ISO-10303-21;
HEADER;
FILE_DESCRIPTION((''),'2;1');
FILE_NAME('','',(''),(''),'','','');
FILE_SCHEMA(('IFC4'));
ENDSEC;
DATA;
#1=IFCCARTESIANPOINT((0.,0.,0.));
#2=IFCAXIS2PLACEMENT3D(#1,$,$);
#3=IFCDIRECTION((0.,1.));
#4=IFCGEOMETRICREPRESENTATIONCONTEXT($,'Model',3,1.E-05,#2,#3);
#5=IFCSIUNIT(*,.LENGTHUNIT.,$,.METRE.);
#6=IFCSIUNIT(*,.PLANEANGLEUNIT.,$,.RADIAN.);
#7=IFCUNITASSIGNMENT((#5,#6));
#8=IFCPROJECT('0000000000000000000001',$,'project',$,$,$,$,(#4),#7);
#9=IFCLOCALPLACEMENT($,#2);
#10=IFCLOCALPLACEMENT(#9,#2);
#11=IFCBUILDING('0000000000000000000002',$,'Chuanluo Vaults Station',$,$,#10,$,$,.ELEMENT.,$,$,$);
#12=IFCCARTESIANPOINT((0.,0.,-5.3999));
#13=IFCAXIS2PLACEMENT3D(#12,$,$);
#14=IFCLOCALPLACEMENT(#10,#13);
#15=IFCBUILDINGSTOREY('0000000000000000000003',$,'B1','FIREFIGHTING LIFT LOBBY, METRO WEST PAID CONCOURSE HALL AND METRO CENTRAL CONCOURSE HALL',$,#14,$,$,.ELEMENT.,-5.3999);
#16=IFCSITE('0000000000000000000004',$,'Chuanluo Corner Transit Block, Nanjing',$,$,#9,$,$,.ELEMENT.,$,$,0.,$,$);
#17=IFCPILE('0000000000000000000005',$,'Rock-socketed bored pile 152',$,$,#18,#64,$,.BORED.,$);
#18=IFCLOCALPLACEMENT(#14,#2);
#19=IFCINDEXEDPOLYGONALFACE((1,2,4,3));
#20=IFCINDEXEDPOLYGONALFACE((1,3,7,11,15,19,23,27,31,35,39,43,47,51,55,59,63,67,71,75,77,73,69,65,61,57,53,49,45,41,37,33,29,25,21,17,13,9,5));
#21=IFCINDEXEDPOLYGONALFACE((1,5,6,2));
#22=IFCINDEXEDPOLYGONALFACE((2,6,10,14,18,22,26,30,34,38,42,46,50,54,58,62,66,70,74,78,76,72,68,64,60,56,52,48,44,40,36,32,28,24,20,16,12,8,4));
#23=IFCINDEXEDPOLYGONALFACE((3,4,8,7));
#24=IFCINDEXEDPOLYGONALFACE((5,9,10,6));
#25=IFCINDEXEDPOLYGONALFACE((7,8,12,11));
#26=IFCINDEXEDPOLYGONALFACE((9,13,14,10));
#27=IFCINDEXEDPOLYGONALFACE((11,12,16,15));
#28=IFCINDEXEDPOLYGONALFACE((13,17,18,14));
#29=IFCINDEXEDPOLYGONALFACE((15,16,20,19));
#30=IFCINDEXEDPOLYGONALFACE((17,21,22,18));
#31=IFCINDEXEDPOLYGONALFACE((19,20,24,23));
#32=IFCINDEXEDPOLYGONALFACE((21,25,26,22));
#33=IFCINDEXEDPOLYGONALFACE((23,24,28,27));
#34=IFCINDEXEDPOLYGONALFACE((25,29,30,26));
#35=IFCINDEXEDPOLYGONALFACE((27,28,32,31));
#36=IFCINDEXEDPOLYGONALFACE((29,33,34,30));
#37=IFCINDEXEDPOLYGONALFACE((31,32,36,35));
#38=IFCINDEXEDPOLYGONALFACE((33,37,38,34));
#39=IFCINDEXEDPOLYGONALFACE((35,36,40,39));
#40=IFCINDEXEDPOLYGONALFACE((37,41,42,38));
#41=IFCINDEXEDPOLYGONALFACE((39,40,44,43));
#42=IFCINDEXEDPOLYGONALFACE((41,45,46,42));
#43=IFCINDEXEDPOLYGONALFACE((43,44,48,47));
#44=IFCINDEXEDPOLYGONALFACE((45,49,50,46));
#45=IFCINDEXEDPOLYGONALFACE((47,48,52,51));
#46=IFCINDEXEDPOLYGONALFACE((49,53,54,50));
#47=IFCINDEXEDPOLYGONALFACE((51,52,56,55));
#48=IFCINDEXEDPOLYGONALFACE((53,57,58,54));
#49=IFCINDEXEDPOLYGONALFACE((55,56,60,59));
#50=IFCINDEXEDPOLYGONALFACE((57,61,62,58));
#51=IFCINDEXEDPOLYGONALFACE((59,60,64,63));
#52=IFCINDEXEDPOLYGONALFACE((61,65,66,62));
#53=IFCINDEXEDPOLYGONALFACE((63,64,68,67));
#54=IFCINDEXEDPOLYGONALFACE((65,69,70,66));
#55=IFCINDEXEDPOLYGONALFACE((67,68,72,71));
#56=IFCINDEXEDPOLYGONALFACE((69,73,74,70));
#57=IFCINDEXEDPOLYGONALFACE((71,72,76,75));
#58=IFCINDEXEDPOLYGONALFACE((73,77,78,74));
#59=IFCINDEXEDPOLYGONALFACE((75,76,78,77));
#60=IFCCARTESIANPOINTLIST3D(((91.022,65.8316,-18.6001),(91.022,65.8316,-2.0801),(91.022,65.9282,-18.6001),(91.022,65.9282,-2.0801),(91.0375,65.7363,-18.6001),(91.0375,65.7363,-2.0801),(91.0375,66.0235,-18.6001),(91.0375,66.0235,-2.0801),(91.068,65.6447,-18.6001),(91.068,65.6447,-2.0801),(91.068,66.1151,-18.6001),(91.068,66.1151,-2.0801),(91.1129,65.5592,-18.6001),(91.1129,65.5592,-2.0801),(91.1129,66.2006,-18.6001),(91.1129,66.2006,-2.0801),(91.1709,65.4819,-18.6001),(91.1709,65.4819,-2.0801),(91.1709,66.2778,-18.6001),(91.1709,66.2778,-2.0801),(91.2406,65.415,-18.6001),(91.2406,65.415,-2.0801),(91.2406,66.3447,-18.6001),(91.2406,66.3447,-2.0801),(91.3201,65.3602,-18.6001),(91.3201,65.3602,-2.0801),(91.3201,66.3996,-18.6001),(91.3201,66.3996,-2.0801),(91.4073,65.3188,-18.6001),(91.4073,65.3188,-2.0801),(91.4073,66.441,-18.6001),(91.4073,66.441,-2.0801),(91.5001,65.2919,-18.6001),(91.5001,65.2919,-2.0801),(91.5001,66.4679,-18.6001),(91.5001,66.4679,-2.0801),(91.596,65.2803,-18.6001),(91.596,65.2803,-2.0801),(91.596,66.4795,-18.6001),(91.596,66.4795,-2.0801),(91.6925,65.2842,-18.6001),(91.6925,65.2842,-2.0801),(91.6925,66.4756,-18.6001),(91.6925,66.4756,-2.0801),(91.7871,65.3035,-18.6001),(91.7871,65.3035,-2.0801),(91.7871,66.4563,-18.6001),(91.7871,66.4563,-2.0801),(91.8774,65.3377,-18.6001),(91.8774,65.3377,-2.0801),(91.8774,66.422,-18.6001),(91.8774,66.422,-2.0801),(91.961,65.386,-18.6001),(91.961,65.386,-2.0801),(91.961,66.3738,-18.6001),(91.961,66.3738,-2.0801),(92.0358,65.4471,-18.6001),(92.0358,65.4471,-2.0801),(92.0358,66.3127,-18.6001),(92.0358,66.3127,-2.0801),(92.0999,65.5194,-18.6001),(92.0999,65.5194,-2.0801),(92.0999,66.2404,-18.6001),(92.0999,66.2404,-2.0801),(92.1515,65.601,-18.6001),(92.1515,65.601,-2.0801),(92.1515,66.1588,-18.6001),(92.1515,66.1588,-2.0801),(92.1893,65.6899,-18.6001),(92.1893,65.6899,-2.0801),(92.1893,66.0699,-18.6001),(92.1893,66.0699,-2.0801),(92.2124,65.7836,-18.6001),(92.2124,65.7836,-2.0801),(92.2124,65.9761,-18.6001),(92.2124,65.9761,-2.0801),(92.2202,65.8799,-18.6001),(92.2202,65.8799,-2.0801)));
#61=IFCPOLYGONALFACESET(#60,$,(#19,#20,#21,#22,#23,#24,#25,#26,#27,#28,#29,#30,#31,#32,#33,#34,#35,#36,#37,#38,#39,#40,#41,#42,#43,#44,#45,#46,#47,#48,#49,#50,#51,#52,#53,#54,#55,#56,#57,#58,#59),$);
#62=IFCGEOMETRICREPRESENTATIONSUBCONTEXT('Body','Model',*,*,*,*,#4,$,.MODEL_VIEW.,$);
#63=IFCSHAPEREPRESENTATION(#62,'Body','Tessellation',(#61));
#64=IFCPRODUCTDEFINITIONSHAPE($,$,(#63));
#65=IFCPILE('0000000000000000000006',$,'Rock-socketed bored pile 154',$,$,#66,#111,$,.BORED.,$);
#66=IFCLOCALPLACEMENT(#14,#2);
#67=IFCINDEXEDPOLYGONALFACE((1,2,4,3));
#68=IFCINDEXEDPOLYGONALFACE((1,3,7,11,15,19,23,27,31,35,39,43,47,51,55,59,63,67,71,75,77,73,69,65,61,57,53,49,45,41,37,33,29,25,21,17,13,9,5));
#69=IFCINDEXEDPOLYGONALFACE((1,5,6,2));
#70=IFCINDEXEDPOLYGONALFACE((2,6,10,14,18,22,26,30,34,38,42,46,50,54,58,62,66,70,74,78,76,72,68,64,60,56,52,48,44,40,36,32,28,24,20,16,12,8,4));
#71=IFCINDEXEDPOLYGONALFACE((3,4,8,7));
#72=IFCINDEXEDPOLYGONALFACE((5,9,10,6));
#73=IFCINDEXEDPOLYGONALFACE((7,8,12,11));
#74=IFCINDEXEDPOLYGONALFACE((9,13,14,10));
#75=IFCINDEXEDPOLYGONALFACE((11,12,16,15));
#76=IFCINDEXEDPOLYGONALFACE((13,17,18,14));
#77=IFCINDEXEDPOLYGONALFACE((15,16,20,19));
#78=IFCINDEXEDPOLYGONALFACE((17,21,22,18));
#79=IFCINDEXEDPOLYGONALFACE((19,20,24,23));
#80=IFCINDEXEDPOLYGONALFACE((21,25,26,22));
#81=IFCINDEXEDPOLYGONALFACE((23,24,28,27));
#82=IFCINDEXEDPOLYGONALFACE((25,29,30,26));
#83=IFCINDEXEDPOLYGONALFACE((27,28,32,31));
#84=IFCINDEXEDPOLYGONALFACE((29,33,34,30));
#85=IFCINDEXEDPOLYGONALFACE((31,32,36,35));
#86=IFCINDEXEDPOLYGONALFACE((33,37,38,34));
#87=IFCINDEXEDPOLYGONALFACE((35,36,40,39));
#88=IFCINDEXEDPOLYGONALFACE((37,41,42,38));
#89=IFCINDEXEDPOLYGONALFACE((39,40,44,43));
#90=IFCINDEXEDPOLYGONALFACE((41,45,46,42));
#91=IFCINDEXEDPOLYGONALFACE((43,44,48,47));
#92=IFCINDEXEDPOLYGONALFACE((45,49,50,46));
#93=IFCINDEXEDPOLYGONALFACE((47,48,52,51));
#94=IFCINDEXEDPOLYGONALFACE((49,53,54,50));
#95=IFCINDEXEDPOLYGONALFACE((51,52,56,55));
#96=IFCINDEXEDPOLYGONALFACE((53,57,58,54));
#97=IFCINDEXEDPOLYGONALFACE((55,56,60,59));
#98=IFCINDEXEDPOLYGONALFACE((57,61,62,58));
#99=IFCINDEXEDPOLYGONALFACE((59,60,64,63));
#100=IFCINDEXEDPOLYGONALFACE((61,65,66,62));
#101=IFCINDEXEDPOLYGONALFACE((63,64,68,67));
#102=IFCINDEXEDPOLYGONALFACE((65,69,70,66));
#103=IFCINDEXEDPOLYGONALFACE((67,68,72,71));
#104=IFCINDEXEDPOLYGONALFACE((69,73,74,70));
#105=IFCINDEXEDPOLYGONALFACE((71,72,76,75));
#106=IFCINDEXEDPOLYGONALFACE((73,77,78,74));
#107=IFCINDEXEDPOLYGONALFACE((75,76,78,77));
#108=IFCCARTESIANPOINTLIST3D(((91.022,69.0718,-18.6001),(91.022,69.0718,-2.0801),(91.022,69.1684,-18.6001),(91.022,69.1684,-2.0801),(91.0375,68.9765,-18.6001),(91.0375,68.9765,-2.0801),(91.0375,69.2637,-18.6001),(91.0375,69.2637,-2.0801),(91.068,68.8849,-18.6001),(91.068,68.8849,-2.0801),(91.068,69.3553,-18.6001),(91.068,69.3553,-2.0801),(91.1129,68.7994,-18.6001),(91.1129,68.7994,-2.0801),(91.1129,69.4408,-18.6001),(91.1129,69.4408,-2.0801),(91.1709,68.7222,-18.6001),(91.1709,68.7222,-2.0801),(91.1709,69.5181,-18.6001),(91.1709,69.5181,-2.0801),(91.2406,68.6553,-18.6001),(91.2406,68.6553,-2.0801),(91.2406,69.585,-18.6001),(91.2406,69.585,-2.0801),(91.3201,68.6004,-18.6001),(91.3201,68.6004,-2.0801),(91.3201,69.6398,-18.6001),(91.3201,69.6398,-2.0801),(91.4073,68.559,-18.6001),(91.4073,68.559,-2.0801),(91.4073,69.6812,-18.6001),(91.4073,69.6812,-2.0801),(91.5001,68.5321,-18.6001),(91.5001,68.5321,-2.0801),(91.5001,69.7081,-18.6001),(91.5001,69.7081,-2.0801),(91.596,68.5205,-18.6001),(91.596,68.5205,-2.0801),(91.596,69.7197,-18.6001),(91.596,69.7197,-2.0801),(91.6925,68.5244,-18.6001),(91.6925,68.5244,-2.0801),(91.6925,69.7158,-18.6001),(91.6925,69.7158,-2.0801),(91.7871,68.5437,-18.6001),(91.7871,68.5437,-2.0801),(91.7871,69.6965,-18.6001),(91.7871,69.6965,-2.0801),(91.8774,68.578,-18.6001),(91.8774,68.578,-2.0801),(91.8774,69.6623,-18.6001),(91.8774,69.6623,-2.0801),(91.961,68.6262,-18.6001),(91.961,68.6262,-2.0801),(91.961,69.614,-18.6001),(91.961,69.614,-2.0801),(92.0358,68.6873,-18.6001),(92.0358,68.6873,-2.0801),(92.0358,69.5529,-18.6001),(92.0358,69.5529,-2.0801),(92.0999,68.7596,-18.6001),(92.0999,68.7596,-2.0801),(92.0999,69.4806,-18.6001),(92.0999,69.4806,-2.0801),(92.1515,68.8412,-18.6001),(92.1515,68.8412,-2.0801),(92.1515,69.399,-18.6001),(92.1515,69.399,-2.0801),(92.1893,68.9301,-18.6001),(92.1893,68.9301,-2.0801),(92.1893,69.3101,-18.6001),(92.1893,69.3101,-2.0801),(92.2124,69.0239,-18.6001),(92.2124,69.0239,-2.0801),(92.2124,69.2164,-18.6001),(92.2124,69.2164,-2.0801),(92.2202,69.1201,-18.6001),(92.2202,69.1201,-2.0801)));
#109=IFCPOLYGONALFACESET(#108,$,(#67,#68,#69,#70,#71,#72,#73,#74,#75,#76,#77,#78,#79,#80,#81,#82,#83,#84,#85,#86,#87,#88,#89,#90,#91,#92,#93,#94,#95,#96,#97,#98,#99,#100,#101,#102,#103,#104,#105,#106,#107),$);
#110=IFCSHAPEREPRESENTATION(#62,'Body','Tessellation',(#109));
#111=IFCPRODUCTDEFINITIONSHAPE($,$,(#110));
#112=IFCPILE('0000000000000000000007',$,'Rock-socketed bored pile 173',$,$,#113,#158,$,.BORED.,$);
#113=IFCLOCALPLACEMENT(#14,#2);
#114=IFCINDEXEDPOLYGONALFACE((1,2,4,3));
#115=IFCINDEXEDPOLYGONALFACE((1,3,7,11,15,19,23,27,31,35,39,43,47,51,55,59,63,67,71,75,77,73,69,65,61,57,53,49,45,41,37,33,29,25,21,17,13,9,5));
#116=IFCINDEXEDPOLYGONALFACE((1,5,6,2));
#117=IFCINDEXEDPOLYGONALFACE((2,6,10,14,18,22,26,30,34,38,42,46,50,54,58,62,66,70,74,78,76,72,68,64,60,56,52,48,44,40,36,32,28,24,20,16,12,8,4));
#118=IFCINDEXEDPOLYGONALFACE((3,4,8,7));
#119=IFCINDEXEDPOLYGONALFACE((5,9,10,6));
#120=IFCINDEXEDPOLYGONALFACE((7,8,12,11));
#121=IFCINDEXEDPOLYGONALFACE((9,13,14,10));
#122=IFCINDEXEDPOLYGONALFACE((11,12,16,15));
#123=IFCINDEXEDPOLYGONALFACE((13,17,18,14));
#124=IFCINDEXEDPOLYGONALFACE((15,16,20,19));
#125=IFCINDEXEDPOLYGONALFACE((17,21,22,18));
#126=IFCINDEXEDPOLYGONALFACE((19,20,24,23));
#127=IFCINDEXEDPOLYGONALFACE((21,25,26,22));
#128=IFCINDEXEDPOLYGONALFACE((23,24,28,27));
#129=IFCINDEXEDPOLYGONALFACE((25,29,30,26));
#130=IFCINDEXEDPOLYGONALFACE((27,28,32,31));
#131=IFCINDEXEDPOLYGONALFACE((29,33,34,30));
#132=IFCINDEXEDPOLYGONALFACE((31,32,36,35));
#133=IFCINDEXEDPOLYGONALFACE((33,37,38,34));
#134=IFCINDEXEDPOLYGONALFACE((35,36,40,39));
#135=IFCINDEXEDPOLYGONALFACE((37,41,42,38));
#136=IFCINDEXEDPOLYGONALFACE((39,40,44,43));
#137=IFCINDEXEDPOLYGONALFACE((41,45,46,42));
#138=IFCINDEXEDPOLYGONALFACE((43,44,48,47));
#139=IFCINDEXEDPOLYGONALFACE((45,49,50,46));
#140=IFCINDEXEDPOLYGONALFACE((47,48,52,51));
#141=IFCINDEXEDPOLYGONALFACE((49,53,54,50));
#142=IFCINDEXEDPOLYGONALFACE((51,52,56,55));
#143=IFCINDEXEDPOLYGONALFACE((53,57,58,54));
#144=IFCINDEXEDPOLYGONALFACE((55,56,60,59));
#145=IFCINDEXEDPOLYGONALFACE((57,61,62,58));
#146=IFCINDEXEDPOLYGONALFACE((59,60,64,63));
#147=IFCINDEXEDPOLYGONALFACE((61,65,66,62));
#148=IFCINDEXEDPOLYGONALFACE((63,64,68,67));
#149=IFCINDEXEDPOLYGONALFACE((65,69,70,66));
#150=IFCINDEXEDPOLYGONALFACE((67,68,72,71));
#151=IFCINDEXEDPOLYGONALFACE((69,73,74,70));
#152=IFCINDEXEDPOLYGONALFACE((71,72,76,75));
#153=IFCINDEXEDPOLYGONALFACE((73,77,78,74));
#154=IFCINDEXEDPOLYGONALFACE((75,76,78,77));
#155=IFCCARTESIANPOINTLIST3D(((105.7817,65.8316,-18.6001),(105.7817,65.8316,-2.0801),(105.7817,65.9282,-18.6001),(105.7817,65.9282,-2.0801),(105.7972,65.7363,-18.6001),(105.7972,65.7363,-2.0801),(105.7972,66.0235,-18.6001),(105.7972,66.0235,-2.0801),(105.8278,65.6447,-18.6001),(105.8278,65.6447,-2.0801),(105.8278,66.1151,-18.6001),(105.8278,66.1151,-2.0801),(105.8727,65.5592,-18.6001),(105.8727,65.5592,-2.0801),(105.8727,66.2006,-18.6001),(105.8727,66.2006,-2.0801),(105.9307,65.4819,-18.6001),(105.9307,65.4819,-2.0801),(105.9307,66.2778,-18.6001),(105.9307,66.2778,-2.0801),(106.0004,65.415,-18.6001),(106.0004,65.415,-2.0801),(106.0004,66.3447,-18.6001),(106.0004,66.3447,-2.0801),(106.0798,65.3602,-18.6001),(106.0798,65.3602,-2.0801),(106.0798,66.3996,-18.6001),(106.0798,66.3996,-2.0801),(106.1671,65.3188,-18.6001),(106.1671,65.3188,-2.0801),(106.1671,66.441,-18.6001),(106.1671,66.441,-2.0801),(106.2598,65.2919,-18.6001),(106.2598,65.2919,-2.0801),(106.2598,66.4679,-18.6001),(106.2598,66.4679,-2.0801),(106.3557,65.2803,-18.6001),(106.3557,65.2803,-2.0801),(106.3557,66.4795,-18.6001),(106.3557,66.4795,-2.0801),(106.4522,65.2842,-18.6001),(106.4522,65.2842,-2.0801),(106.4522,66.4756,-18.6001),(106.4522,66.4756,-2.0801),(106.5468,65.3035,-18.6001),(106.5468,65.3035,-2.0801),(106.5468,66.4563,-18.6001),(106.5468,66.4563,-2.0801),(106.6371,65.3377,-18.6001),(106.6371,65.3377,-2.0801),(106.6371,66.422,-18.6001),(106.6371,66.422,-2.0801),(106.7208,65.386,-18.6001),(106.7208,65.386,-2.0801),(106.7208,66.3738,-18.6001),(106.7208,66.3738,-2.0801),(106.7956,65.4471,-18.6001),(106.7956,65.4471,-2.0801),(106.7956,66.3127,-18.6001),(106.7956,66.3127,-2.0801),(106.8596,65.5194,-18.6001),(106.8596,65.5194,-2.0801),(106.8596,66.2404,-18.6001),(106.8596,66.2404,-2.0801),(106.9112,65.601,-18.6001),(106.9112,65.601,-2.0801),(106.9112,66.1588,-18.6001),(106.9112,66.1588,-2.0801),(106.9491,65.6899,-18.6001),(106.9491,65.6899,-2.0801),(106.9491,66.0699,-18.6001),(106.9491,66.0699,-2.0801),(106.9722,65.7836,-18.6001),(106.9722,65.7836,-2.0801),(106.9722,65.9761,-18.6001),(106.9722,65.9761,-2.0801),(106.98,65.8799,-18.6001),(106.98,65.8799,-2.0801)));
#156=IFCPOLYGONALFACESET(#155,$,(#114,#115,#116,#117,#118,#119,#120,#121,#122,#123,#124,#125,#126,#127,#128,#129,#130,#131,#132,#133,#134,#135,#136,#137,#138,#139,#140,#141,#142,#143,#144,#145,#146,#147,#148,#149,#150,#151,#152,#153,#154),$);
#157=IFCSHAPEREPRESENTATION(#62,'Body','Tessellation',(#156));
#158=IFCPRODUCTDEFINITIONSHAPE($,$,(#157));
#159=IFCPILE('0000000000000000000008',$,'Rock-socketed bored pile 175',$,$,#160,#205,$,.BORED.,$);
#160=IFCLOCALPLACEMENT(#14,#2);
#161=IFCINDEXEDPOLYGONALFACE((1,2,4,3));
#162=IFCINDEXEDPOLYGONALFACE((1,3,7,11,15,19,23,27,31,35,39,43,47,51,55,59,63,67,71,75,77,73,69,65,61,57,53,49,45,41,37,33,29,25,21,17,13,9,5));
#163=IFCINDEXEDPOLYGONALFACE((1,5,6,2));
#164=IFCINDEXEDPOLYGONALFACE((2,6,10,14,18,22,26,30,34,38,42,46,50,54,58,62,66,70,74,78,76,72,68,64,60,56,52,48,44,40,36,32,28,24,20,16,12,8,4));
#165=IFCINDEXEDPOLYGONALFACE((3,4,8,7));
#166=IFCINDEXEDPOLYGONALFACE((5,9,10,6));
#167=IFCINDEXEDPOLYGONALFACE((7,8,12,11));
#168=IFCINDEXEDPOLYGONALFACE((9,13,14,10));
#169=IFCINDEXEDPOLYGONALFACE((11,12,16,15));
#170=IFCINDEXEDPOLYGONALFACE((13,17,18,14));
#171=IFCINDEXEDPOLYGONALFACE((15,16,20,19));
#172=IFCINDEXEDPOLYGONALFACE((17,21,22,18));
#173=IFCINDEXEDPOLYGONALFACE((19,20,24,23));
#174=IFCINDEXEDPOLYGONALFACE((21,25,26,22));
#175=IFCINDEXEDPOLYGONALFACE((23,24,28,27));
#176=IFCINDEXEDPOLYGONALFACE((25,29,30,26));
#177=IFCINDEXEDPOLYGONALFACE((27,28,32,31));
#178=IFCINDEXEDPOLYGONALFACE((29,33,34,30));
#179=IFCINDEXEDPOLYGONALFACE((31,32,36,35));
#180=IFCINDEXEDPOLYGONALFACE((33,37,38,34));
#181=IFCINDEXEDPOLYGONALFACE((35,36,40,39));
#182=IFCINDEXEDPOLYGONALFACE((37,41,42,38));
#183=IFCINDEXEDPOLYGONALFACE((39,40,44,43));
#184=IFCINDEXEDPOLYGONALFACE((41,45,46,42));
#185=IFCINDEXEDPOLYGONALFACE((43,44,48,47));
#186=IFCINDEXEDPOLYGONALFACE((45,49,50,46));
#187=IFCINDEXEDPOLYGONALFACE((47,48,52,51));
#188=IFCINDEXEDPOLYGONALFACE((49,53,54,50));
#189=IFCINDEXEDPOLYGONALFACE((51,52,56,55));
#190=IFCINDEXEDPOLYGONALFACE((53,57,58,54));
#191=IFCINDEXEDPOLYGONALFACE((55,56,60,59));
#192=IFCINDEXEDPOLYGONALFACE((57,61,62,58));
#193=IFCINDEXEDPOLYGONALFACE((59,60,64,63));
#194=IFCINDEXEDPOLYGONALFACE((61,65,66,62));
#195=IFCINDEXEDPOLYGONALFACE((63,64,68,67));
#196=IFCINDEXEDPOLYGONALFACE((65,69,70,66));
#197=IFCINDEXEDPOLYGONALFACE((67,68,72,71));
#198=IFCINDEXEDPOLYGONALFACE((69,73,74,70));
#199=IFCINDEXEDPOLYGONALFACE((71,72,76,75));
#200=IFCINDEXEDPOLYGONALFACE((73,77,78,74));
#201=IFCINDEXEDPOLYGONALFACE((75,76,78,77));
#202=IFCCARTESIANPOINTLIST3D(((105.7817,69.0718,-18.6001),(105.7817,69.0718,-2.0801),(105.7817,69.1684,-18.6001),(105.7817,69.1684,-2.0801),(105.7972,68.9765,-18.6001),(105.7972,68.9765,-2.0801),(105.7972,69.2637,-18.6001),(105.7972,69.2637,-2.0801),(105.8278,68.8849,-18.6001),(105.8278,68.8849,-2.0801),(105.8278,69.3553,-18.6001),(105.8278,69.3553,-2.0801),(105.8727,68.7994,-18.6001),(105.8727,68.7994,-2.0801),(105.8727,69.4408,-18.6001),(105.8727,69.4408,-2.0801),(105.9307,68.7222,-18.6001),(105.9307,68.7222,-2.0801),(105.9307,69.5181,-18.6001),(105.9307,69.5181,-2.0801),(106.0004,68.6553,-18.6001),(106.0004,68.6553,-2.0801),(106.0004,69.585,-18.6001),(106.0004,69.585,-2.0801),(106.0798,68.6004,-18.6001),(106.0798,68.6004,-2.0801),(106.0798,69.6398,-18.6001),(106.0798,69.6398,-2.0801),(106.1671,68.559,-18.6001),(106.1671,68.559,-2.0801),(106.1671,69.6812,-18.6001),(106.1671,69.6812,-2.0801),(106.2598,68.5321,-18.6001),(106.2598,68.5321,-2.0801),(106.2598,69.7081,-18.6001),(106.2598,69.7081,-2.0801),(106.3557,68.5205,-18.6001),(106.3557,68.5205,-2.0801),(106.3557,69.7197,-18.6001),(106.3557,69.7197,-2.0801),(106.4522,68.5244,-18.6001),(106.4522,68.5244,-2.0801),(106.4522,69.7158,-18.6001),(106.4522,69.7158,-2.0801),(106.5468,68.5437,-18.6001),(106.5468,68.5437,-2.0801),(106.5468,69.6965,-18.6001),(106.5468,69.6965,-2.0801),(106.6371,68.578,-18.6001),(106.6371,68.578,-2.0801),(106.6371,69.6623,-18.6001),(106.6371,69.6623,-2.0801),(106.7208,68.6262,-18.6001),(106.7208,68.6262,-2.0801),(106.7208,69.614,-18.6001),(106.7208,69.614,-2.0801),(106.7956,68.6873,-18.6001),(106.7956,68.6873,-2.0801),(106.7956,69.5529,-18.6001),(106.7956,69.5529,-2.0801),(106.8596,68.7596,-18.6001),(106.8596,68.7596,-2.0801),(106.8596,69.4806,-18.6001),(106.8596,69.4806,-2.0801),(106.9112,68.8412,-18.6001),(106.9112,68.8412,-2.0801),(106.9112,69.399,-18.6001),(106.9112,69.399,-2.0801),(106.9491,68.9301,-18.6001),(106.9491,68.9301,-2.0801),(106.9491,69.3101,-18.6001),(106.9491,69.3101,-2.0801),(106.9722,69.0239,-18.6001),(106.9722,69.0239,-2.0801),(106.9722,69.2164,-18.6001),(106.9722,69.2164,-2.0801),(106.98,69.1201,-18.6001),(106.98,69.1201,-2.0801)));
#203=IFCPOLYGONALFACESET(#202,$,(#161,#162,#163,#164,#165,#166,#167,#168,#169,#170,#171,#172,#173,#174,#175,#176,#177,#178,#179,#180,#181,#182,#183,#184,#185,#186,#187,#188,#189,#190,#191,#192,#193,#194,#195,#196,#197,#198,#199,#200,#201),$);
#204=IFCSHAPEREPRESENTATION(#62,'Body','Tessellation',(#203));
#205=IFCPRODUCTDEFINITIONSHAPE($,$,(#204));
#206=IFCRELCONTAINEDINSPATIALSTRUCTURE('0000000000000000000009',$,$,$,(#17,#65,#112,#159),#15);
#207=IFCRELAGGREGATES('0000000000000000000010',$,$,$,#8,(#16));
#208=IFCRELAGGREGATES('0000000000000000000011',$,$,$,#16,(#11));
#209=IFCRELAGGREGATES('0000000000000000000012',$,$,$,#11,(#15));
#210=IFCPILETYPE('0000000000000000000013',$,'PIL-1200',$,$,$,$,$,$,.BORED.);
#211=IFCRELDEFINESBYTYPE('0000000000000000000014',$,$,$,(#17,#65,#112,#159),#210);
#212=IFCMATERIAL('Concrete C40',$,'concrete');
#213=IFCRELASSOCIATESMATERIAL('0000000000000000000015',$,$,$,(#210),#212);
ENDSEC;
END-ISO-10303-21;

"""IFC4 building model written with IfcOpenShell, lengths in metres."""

from ifc_helpers import new_model, si_unit, direction, frame, origin, origin_2d, place, context, subcontext, project, spatial, circle, extrude, material, material_profile, profile_set, type_object, element, save


model = new_model("IFC4")

# Units and contexts
model_context = context("Model", 3, precision=1e-05, world=origin(), true_north=direction((0.0, 1.0)))
body_context = subcontext(model_context, "Body", "Model", "MODEL_VIEW")
ifc_project = project(units=[si_unit("LENGTHUNIT", "METRE"), si_unit("PLANEANGLEUNIT", "RADIAN")], contexts=[model_context])

# Site, building, storey
site_placement = place(None, origin())
site = spatial("IfcSite", under=ifc_project, at=site_placement, Name="Chuanluo Corner Transit Block, Nanjing", CompositionType="ELEMENT", RefElevation=0.0)
building_placement = place(site_placement, origin())
building = spatial("IfcBuilding", under=site, at=building_placement, Name="Chuanluo Vaults Station", CompositionType="ELEMENT")
storey_placement = place(building_placement, frame((0.0, 0.0, -5.3999)))
storey = spatial("IfcBuildingStorey", under=building, at=storey_placement, Name="B1", Description="FIREFIGHTING LIFT LOBBY, METRO WEST PAID CONCOURSE HALL AND METRO CENTRAL CONCOURSE HALL", CompositionType="ELEMENT", Elevation=-5.3999)

# Piles
ifc_material_1 = material(Name="Concrete C40", Category="concrete")
ifc_material_profile_1 = material_profile(ifc_material_1, circle(Radius=0.6001, at=origin_2d()))
ifc_profile_set_1 = profile_set([ifc_material_profile_1], Name="Concrete C40")
pile_type_1 = type_object("IfcPileType", Name="PIL-1200", PredefinedType="BORED", material=ifc_profile_set_1)
for number, where, z_axis, x_axis, name in (
    (1, (91.6201, 65.8799, -2.0801), (0.0, 0.0, -1.0), (1.0, 0.0, 0.0), "Rock-socketed bored pile 152"),
    (2, (91.6201, 69.1201, -2.0801), (0.0, 0.0, -1.0), (1.0, 0.0, 0.0), "Rock-socketed bored pile 154"),
    (3, (106.3799, 65.8799, -2.0801), (0.0, 0.0, -1.0), (1.0, 0.0, 0.0), "Rock-socketed bored pile 173"),
    (4, (106.3799, 69.1201, -2.0801), (0.0, 0.0, -1.0), (1.0, 0.0, 0.0), "Rock-socketed bored pile 175"),
):
    element("IfcPile", number, at=place(storey_placement, frame(where, z_axis=z_axis, x_axis=x_axis)), inside=storey, type_object=pile_type_1, Name=name, PredefinedType="BORED", context=body_context, shape_type="SweptSolid", body=[
        extrude(circle(Radius=0.6001, at=origin_2d()), origin(), (0.0, 0.0, 1.0), 16.52),
    ])

save(model, "model.ifc")
